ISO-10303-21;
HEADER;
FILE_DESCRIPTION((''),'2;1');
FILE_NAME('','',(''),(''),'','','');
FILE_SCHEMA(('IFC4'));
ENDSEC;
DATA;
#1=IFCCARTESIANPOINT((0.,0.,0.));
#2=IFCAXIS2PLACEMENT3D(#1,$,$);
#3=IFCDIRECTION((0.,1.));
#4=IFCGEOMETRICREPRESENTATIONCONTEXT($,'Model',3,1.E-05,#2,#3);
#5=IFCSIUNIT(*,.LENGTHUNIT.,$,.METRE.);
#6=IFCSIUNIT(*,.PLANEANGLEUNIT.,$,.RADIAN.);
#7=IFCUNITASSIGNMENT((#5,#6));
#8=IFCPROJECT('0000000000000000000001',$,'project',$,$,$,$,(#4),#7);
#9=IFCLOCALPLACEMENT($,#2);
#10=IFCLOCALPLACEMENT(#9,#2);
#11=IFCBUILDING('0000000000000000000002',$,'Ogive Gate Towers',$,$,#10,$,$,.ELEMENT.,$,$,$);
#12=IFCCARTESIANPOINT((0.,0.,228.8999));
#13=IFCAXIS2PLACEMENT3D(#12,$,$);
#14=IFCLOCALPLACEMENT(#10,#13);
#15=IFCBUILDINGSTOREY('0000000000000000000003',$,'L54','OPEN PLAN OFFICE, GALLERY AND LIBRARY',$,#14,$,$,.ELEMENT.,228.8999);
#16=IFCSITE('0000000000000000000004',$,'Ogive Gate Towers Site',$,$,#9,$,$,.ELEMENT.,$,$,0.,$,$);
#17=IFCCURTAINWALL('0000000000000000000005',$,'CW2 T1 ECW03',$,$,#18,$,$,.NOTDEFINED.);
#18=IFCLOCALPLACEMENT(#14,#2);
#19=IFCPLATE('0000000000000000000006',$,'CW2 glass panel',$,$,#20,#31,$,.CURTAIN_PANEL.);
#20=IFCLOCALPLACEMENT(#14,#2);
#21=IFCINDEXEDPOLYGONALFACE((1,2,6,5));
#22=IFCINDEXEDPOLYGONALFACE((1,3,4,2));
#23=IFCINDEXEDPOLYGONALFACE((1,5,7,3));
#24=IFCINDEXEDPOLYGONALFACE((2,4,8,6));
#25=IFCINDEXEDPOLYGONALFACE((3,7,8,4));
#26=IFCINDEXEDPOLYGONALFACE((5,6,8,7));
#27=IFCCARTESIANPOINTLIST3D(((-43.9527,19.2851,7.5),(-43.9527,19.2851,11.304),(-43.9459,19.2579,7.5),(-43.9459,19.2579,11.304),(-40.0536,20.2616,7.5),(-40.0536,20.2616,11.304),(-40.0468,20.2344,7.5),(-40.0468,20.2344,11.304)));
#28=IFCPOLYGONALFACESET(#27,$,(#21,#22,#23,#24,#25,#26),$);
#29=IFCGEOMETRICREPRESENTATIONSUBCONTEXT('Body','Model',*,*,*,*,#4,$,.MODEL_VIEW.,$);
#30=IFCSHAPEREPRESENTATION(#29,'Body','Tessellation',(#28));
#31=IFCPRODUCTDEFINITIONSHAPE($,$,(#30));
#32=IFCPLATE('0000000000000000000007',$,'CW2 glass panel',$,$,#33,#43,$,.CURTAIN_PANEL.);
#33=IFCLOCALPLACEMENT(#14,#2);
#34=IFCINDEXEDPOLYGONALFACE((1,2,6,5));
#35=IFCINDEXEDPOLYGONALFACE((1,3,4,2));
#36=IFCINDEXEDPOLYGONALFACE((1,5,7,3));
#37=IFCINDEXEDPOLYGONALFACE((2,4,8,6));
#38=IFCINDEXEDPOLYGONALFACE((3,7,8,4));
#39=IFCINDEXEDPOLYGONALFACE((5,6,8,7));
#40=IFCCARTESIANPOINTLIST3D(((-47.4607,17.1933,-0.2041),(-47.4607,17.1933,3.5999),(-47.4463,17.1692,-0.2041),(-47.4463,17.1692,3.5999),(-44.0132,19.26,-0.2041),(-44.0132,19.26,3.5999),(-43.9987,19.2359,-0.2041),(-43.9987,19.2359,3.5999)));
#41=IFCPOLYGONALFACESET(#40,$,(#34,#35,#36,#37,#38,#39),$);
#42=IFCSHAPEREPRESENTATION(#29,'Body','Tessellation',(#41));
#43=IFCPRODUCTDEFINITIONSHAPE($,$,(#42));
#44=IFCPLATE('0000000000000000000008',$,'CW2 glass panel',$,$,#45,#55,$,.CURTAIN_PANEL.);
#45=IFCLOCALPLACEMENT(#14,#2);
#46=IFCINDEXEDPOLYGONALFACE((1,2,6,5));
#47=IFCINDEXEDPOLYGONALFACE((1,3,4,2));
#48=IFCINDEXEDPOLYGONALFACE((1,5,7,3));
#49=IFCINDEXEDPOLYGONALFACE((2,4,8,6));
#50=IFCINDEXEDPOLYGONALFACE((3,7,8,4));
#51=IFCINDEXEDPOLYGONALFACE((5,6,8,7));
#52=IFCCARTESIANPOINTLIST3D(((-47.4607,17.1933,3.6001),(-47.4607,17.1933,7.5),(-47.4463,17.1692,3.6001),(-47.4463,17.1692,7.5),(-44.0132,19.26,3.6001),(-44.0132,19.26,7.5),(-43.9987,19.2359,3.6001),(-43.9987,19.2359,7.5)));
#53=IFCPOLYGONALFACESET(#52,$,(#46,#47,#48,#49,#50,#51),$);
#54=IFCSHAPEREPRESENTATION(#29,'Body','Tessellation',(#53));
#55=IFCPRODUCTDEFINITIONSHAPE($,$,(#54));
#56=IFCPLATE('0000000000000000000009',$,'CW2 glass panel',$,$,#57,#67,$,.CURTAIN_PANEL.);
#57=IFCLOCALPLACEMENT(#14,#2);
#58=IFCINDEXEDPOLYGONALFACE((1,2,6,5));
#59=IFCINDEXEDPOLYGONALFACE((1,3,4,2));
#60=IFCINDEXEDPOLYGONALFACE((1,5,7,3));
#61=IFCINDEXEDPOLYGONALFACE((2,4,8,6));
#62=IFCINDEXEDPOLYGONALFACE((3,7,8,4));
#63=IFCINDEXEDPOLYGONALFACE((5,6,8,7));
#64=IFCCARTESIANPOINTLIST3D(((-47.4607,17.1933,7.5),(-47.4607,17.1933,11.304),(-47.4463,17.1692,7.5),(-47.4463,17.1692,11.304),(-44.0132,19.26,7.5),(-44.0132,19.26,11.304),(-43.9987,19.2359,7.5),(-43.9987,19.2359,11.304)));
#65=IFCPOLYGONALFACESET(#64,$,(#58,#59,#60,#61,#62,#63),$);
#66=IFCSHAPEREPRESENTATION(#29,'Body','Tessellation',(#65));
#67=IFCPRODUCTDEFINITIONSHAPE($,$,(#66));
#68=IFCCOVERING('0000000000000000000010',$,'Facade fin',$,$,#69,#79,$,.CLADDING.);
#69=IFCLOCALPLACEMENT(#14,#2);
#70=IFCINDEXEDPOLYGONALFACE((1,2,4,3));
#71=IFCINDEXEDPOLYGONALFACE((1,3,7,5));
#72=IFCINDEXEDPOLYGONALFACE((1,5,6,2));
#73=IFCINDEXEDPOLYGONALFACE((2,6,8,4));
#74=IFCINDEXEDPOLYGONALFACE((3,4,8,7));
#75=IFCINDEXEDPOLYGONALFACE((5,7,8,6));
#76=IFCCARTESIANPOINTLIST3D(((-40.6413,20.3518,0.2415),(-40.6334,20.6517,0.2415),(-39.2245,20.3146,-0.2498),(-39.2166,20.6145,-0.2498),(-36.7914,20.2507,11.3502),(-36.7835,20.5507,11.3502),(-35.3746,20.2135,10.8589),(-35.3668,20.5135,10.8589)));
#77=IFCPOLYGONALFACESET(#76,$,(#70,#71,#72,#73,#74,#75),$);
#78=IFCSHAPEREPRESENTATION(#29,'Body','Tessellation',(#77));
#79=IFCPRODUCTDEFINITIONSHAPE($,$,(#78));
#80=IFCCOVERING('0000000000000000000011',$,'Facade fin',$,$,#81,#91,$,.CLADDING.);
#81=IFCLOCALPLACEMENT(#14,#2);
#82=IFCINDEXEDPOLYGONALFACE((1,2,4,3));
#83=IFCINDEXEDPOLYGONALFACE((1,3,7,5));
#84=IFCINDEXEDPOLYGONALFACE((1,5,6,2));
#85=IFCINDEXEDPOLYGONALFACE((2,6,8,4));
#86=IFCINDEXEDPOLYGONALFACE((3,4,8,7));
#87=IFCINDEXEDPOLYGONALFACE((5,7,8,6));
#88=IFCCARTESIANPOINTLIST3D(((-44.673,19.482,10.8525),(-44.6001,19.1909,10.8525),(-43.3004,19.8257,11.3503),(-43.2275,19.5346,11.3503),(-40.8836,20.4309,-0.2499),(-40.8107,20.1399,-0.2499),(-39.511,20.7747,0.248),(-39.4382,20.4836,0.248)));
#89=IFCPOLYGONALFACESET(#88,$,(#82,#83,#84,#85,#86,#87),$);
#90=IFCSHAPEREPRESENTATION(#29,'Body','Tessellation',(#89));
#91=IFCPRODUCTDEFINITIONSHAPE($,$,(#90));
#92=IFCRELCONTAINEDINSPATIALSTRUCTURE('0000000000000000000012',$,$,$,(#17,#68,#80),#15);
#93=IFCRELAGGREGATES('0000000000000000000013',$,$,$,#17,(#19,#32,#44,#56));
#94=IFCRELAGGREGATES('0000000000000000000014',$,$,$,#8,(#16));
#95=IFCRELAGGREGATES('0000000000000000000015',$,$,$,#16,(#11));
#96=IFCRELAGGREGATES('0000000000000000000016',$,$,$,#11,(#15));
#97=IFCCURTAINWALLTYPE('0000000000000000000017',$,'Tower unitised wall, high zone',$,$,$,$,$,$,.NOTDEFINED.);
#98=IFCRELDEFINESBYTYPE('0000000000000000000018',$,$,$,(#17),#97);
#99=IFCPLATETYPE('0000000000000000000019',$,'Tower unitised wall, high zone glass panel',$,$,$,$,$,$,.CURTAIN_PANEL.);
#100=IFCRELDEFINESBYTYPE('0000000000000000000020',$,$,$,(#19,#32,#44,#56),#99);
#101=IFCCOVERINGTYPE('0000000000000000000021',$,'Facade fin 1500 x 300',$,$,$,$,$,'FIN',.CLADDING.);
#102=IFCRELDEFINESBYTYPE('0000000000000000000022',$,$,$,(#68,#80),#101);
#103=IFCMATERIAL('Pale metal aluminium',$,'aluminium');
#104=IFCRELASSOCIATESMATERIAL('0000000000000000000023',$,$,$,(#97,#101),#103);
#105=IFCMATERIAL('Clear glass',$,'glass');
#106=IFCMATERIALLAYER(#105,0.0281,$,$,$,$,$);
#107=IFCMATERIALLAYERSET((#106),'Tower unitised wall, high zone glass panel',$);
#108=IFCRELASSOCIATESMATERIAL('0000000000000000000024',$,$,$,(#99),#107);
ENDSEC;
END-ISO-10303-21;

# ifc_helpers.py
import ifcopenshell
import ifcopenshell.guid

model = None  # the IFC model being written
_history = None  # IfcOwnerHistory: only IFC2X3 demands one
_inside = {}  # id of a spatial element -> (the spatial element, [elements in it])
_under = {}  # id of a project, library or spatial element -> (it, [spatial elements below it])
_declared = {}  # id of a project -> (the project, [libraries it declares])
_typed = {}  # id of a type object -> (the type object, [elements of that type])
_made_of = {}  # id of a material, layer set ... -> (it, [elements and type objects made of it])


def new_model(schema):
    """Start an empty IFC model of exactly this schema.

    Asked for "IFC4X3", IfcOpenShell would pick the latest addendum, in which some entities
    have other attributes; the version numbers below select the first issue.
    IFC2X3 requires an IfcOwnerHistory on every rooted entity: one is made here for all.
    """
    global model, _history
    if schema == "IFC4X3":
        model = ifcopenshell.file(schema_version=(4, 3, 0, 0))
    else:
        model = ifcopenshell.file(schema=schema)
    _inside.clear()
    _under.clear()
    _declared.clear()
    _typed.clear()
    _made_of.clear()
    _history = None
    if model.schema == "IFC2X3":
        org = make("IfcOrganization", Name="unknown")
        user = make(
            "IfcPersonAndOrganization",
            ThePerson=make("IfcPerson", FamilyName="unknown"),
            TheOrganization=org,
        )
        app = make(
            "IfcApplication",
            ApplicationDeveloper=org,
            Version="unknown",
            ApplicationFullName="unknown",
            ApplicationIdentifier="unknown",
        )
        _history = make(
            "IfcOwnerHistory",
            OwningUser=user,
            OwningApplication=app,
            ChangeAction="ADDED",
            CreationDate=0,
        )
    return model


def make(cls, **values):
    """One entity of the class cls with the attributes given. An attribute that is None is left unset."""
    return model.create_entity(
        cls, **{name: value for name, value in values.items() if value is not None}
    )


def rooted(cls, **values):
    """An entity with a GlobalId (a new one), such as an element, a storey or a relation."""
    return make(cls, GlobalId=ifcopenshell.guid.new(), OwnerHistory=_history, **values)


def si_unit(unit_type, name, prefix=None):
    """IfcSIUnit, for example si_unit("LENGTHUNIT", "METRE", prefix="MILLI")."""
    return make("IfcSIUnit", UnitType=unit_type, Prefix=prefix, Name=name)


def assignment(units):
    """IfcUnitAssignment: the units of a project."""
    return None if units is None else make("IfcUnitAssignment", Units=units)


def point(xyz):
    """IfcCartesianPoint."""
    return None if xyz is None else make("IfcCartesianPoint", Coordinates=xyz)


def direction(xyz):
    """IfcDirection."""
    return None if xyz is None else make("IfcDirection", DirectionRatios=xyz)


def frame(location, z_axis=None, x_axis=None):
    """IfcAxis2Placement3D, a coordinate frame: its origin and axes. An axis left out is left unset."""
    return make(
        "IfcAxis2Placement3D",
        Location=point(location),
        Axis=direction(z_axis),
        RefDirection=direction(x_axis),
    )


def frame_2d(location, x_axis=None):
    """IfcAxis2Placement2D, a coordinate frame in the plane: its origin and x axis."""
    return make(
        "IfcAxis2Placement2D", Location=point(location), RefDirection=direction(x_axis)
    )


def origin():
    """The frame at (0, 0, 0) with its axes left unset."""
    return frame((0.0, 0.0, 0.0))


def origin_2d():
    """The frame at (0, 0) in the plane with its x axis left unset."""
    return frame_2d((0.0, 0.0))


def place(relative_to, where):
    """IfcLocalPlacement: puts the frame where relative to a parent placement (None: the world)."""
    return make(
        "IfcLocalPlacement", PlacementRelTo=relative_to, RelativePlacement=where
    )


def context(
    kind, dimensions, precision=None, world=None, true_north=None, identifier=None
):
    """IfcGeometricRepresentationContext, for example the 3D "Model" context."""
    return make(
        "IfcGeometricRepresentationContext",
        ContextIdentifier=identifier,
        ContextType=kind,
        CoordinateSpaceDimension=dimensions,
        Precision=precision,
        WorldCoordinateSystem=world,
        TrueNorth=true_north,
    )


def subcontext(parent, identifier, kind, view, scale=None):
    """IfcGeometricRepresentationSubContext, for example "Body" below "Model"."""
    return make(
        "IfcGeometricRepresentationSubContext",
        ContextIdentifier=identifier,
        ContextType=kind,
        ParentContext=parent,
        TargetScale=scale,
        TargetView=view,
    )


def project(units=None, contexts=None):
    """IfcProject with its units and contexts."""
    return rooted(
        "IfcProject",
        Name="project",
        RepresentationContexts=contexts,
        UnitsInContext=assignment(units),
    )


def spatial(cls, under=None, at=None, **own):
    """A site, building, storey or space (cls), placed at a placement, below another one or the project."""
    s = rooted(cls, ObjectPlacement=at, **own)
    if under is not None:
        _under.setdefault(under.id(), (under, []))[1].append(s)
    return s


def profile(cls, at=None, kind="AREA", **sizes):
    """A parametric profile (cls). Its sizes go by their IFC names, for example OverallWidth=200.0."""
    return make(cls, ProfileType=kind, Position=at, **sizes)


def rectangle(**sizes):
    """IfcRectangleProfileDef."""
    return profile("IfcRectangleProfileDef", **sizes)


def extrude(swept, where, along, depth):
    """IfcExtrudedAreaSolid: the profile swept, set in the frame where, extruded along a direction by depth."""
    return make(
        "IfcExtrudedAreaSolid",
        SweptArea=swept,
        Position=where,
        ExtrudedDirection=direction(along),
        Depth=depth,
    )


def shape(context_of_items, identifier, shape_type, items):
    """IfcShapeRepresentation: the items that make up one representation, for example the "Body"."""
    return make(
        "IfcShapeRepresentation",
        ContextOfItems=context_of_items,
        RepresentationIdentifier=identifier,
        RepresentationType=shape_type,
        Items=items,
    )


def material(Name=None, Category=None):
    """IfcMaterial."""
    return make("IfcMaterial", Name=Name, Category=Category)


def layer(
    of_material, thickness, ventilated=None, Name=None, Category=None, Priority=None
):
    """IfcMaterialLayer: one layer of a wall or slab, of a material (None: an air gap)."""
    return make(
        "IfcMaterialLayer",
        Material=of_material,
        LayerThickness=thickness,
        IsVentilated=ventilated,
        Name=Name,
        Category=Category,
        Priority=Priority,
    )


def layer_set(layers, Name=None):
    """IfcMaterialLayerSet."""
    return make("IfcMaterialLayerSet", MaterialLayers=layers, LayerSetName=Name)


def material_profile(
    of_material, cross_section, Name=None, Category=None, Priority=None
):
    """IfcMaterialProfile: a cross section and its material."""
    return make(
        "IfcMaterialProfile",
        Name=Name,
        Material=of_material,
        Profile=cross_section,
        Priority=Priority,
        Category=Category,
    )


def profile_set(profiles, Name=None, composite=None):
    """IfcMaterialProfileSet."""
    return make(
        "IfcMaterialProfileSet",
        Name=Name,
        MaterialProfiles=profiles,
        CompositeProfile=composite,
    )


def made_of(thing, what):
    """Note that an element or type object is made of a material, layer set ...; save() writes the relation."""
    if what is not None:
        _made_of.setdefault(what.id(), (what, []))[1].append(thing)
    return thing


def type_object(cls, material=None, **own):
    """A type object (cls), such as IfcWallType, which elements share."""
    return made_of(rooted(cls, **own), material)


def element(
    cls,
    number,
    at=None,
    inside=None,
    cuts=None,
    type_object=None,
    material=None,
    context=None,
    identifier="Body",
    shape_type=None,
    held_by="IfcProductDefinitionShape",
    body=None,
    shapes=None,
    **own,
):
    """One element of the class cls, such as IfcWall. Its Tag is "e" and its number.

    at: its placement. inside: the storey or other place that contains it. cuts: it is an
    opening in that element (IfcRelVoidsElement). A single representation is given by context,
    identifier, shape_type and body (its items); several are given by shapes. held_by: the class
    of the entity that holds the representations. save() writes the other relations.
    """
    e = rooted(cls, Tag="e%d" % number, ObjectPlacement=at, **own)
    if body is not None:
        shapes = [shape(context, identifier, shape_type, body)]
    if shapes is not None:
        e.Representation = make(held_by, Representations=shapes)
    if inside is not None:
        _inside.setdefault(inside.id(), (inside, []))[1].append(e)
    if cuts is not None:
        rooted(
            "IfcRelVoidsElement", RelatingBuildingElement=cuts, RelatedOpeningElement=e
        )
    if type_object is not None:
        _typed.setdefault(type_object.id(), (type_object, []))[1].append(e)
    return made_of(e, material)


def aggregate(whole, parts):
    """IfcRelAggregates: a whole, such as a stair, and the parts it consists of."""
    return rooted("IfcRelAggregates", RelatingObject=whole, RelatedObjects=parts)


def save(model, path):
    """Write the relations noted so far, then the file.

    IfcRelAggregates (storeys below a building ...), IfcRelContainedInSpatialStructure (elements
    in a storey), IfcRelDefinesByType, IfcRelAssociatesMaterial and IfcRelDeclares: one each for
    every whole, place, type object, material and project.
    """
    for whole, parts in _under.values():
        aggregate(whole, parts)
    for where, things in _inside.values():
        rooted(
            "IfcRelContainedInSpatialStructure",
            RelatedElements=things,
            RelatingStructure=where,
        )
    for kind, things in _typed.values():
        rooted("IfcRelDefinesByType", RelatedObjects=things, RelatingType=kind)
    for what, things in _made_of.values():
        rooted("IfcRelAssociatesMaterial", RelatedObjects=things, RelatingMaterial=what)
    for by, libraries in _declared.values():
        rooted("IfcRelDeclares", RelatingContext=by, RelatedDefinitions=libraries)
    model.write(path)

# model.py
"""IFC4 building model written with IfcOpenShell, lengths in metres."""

from ifc_helpers import new_model, si_unit, direction, frame, origin, origin_2d, place, context, subcontext, project, spatial, rectangle, extrude, material, layer, layer_set, material_profile, profile_set, type_object, element, aggregate, save


model = new_model("IFC4")

# Units and contexts
model_context = context("Model", 3, precision=1e-05, world=origin(), true_north=direction((0.0, 1.0)))
body_context = subcontext(model_context, "Body", "Model", "MODEL_VIEW")
ifc_project = project(units=[si_unit("LENGTHUNIT", "METRE"), si_unit("PLANEANGLEUNIT", "RADIAN")], contexts=[model_context])

# Site, building, storey
site_placement = place(None, origin())
site = spatial("IfcSite", under=ifc_project, at=site_placement, Name="Ogive Gate Towers Site", CompositionType="ELEMENT", RefElevation=0.0)
building_placement = place(site_placement, origin())
building = spatial("IfcBuilding", under=site, at=building_placement, Name="Ogive Gate Towers", CompositionType="ELEMENT")
storey_placement = place(building_placement, frame((0.0, 0.0, 228.8999)))
storey = spatial("IfcBuildingStorey", under=building, at=storey_placement, Name="L54", Description="OPEN PLAN OFFICE, GALLERY AND LIBRARY", CompositionType="ELEMENT", Elevation=228.8999)

# Curtain wall, plates
ifc_material_1 = material(Name="Pale metal aluminium", Category="aluminium")
curtain_wall_type = type_object("IfcCurtainWallType", Name="Tower unitised wall, high zone", PredefinedType="NOTDEFINED", material=ifc_material_1)
curtain_wall_placement = place(storey_placement, origin())
curtain_wall = element("IfcCurtainWall", 1, at=curtain_wall_placement, inside=storey, type_object=curtain_wall_type, Name="CW2 T1 ECW03", PredefinedType="NOTDEFINED")
ifc_material_2 = material(Name="Clear glass", Category="glass")
ifc_layer = layer(ifc_material_2, 0.0281)
ifc_layer_set = layer_set([ifc_layer], Name="Tower unitised wall, high zone glass panel")
plate_type = type_object("IfcPlateType", Name="Tower unitised wall, high zone glass panel", PredefinedType="CURTAIN_PANEL", material=ifc_layer_set)
plate_1_placement = place(storey_placement, frame((-41.9998, 19.7598, 7.5), z_axis=(0.0, 0.0, 1.0), x_axis=(-0.970042, -0.242938, 0.0)))
plate_1 = element("IfcPlate", 2, at=plate_1_placement, type_object=plate_type, Name="CW2 glass panel", PredefinedType="CURTAIN_PANEL", context=body_context, shape_type="SweptSolid", body=[
    extrude(rectangle(XDim=4.0195, YDim=0.0281, at=origin_2d()), origin(), (0.0, 0.0, 1.0), 3.804),
])
plate_2_placement = place(storey_placement, frame((-45.7297, 18.2146, -0.2041), z_axis=(0.0, 0.0, 1.0), x_axis=(-0.857697, -0.514155, 0.0)))
plate_2 = element("IfcPlate", 3, at=plate_2_placement, type_object=plate_type, Name="CW2 glass panel", PredefinedType="CURTAIN_PANEL", context=body_context, shape_type="SweptSolid", body=[
    extrude(rectangle(XDim=4.0195, YDim=0.0281, at=origin_2d()), origin(), (0.0, 0.0, 1.0), 3.804),
])
plate_3_placement = place(storey_placement, frame((-45.7297, 18.2146, 3.6001), z_axis=(0.0, 0.0, 1.0), x_axis=(-0.857697, -0.514155, 0.0)))
plate_3 = element("IfcPlate", 4, at=plate_3_placement, type_object=plate_type, Name="CW2 glass panel", PredefinedType="CURTAIN_PANEL", context=body_context, shape_type="SweptSolid", body=[
    extrude(rectangle(XDim=4.0195, YDim=0.0281, at=origin_2d()), origin(), (0.0, 0.0, 1.0), 3.8999),
])
plate_4_placement = place(storey_placement, frame((-45.7297, 18.2146, 7.5), z_axis=(0.0, 0.0, 1.0), x_axis=(-0.857697, -0.514155, 0.0)))
plate_4 = element("IfcPlate", 5, at=plate_4_placement, type_object=plate_type, Name="CW2 glass panel", PredefinedType="CURTAIN_PANEL", context=body_context, shape_type="SweptSolid", body=[
    extrude(rectangle(XDim=4.0195, YDim=0.0281, at=origin_2d()), origin(), (0.0, 0.0, 1.0), 3.804),
])
aggregate(curtain_wall, [plate_1, plate_2, plate_3, plate_4])

# Coverings
ifc_material_profile_1 = material_profile(ifc_material_1, rectangle(XDim=0.3, YDim=1.5, at=origin_2d()), Name="1500 x 300 pale metal aluminium")
ifc_profile_set_1 = profile_set([ifc_material_profile_1], Name="Pale metal aluminium")
covering_type = type_object("IfcCoveringType", Name="Facade fin 1500 x 300", ElementType="FIN", PredefinedType="CLADDING", material=ifc_profile_set_1)
covering_1_placement = place(storey_placement, frame((-39.929, 20.4832, -0.0042), z_axis=(0.327444, -0.008597, 0.944831), x_axis=(0.026245, 0.999656, 0.0)))
element("IfcCovering", 6, at=covering_1_placement, inside=storey, type_object=covering_type, Name="Facade fin", PredefinedType="CLADDING", context=body_context, shape_type="SweptSolid", body=[
    extrude(rectangle(XDim=0.3, YDim=1.5, at=origin_2d()), origin(), (0.0, 0.0, 1.0), 11.7573),
])
covering_2_placement = place(storey_placement, frame((-40.1609, 20.4573, -0.001), z_axis=(-0.321961, -0.08063, 0.943313), x_axis=(0.242933, -0.970043, 0.0)))
element("IfcCovering", 7, at=covering_2_placement, inside=storey, type_object=covering_type, Name="Facade fin", PredefinedType="CLADDING", context=body_context, shape_type="SweptSolid", body=[
    extrude(rectangle(XDim=0.3, YDim=1.5, at=origin_2d()), origin(), (0.0, 0.0, 1.0), 11.7695),
])

save(model, "model.ifc")
